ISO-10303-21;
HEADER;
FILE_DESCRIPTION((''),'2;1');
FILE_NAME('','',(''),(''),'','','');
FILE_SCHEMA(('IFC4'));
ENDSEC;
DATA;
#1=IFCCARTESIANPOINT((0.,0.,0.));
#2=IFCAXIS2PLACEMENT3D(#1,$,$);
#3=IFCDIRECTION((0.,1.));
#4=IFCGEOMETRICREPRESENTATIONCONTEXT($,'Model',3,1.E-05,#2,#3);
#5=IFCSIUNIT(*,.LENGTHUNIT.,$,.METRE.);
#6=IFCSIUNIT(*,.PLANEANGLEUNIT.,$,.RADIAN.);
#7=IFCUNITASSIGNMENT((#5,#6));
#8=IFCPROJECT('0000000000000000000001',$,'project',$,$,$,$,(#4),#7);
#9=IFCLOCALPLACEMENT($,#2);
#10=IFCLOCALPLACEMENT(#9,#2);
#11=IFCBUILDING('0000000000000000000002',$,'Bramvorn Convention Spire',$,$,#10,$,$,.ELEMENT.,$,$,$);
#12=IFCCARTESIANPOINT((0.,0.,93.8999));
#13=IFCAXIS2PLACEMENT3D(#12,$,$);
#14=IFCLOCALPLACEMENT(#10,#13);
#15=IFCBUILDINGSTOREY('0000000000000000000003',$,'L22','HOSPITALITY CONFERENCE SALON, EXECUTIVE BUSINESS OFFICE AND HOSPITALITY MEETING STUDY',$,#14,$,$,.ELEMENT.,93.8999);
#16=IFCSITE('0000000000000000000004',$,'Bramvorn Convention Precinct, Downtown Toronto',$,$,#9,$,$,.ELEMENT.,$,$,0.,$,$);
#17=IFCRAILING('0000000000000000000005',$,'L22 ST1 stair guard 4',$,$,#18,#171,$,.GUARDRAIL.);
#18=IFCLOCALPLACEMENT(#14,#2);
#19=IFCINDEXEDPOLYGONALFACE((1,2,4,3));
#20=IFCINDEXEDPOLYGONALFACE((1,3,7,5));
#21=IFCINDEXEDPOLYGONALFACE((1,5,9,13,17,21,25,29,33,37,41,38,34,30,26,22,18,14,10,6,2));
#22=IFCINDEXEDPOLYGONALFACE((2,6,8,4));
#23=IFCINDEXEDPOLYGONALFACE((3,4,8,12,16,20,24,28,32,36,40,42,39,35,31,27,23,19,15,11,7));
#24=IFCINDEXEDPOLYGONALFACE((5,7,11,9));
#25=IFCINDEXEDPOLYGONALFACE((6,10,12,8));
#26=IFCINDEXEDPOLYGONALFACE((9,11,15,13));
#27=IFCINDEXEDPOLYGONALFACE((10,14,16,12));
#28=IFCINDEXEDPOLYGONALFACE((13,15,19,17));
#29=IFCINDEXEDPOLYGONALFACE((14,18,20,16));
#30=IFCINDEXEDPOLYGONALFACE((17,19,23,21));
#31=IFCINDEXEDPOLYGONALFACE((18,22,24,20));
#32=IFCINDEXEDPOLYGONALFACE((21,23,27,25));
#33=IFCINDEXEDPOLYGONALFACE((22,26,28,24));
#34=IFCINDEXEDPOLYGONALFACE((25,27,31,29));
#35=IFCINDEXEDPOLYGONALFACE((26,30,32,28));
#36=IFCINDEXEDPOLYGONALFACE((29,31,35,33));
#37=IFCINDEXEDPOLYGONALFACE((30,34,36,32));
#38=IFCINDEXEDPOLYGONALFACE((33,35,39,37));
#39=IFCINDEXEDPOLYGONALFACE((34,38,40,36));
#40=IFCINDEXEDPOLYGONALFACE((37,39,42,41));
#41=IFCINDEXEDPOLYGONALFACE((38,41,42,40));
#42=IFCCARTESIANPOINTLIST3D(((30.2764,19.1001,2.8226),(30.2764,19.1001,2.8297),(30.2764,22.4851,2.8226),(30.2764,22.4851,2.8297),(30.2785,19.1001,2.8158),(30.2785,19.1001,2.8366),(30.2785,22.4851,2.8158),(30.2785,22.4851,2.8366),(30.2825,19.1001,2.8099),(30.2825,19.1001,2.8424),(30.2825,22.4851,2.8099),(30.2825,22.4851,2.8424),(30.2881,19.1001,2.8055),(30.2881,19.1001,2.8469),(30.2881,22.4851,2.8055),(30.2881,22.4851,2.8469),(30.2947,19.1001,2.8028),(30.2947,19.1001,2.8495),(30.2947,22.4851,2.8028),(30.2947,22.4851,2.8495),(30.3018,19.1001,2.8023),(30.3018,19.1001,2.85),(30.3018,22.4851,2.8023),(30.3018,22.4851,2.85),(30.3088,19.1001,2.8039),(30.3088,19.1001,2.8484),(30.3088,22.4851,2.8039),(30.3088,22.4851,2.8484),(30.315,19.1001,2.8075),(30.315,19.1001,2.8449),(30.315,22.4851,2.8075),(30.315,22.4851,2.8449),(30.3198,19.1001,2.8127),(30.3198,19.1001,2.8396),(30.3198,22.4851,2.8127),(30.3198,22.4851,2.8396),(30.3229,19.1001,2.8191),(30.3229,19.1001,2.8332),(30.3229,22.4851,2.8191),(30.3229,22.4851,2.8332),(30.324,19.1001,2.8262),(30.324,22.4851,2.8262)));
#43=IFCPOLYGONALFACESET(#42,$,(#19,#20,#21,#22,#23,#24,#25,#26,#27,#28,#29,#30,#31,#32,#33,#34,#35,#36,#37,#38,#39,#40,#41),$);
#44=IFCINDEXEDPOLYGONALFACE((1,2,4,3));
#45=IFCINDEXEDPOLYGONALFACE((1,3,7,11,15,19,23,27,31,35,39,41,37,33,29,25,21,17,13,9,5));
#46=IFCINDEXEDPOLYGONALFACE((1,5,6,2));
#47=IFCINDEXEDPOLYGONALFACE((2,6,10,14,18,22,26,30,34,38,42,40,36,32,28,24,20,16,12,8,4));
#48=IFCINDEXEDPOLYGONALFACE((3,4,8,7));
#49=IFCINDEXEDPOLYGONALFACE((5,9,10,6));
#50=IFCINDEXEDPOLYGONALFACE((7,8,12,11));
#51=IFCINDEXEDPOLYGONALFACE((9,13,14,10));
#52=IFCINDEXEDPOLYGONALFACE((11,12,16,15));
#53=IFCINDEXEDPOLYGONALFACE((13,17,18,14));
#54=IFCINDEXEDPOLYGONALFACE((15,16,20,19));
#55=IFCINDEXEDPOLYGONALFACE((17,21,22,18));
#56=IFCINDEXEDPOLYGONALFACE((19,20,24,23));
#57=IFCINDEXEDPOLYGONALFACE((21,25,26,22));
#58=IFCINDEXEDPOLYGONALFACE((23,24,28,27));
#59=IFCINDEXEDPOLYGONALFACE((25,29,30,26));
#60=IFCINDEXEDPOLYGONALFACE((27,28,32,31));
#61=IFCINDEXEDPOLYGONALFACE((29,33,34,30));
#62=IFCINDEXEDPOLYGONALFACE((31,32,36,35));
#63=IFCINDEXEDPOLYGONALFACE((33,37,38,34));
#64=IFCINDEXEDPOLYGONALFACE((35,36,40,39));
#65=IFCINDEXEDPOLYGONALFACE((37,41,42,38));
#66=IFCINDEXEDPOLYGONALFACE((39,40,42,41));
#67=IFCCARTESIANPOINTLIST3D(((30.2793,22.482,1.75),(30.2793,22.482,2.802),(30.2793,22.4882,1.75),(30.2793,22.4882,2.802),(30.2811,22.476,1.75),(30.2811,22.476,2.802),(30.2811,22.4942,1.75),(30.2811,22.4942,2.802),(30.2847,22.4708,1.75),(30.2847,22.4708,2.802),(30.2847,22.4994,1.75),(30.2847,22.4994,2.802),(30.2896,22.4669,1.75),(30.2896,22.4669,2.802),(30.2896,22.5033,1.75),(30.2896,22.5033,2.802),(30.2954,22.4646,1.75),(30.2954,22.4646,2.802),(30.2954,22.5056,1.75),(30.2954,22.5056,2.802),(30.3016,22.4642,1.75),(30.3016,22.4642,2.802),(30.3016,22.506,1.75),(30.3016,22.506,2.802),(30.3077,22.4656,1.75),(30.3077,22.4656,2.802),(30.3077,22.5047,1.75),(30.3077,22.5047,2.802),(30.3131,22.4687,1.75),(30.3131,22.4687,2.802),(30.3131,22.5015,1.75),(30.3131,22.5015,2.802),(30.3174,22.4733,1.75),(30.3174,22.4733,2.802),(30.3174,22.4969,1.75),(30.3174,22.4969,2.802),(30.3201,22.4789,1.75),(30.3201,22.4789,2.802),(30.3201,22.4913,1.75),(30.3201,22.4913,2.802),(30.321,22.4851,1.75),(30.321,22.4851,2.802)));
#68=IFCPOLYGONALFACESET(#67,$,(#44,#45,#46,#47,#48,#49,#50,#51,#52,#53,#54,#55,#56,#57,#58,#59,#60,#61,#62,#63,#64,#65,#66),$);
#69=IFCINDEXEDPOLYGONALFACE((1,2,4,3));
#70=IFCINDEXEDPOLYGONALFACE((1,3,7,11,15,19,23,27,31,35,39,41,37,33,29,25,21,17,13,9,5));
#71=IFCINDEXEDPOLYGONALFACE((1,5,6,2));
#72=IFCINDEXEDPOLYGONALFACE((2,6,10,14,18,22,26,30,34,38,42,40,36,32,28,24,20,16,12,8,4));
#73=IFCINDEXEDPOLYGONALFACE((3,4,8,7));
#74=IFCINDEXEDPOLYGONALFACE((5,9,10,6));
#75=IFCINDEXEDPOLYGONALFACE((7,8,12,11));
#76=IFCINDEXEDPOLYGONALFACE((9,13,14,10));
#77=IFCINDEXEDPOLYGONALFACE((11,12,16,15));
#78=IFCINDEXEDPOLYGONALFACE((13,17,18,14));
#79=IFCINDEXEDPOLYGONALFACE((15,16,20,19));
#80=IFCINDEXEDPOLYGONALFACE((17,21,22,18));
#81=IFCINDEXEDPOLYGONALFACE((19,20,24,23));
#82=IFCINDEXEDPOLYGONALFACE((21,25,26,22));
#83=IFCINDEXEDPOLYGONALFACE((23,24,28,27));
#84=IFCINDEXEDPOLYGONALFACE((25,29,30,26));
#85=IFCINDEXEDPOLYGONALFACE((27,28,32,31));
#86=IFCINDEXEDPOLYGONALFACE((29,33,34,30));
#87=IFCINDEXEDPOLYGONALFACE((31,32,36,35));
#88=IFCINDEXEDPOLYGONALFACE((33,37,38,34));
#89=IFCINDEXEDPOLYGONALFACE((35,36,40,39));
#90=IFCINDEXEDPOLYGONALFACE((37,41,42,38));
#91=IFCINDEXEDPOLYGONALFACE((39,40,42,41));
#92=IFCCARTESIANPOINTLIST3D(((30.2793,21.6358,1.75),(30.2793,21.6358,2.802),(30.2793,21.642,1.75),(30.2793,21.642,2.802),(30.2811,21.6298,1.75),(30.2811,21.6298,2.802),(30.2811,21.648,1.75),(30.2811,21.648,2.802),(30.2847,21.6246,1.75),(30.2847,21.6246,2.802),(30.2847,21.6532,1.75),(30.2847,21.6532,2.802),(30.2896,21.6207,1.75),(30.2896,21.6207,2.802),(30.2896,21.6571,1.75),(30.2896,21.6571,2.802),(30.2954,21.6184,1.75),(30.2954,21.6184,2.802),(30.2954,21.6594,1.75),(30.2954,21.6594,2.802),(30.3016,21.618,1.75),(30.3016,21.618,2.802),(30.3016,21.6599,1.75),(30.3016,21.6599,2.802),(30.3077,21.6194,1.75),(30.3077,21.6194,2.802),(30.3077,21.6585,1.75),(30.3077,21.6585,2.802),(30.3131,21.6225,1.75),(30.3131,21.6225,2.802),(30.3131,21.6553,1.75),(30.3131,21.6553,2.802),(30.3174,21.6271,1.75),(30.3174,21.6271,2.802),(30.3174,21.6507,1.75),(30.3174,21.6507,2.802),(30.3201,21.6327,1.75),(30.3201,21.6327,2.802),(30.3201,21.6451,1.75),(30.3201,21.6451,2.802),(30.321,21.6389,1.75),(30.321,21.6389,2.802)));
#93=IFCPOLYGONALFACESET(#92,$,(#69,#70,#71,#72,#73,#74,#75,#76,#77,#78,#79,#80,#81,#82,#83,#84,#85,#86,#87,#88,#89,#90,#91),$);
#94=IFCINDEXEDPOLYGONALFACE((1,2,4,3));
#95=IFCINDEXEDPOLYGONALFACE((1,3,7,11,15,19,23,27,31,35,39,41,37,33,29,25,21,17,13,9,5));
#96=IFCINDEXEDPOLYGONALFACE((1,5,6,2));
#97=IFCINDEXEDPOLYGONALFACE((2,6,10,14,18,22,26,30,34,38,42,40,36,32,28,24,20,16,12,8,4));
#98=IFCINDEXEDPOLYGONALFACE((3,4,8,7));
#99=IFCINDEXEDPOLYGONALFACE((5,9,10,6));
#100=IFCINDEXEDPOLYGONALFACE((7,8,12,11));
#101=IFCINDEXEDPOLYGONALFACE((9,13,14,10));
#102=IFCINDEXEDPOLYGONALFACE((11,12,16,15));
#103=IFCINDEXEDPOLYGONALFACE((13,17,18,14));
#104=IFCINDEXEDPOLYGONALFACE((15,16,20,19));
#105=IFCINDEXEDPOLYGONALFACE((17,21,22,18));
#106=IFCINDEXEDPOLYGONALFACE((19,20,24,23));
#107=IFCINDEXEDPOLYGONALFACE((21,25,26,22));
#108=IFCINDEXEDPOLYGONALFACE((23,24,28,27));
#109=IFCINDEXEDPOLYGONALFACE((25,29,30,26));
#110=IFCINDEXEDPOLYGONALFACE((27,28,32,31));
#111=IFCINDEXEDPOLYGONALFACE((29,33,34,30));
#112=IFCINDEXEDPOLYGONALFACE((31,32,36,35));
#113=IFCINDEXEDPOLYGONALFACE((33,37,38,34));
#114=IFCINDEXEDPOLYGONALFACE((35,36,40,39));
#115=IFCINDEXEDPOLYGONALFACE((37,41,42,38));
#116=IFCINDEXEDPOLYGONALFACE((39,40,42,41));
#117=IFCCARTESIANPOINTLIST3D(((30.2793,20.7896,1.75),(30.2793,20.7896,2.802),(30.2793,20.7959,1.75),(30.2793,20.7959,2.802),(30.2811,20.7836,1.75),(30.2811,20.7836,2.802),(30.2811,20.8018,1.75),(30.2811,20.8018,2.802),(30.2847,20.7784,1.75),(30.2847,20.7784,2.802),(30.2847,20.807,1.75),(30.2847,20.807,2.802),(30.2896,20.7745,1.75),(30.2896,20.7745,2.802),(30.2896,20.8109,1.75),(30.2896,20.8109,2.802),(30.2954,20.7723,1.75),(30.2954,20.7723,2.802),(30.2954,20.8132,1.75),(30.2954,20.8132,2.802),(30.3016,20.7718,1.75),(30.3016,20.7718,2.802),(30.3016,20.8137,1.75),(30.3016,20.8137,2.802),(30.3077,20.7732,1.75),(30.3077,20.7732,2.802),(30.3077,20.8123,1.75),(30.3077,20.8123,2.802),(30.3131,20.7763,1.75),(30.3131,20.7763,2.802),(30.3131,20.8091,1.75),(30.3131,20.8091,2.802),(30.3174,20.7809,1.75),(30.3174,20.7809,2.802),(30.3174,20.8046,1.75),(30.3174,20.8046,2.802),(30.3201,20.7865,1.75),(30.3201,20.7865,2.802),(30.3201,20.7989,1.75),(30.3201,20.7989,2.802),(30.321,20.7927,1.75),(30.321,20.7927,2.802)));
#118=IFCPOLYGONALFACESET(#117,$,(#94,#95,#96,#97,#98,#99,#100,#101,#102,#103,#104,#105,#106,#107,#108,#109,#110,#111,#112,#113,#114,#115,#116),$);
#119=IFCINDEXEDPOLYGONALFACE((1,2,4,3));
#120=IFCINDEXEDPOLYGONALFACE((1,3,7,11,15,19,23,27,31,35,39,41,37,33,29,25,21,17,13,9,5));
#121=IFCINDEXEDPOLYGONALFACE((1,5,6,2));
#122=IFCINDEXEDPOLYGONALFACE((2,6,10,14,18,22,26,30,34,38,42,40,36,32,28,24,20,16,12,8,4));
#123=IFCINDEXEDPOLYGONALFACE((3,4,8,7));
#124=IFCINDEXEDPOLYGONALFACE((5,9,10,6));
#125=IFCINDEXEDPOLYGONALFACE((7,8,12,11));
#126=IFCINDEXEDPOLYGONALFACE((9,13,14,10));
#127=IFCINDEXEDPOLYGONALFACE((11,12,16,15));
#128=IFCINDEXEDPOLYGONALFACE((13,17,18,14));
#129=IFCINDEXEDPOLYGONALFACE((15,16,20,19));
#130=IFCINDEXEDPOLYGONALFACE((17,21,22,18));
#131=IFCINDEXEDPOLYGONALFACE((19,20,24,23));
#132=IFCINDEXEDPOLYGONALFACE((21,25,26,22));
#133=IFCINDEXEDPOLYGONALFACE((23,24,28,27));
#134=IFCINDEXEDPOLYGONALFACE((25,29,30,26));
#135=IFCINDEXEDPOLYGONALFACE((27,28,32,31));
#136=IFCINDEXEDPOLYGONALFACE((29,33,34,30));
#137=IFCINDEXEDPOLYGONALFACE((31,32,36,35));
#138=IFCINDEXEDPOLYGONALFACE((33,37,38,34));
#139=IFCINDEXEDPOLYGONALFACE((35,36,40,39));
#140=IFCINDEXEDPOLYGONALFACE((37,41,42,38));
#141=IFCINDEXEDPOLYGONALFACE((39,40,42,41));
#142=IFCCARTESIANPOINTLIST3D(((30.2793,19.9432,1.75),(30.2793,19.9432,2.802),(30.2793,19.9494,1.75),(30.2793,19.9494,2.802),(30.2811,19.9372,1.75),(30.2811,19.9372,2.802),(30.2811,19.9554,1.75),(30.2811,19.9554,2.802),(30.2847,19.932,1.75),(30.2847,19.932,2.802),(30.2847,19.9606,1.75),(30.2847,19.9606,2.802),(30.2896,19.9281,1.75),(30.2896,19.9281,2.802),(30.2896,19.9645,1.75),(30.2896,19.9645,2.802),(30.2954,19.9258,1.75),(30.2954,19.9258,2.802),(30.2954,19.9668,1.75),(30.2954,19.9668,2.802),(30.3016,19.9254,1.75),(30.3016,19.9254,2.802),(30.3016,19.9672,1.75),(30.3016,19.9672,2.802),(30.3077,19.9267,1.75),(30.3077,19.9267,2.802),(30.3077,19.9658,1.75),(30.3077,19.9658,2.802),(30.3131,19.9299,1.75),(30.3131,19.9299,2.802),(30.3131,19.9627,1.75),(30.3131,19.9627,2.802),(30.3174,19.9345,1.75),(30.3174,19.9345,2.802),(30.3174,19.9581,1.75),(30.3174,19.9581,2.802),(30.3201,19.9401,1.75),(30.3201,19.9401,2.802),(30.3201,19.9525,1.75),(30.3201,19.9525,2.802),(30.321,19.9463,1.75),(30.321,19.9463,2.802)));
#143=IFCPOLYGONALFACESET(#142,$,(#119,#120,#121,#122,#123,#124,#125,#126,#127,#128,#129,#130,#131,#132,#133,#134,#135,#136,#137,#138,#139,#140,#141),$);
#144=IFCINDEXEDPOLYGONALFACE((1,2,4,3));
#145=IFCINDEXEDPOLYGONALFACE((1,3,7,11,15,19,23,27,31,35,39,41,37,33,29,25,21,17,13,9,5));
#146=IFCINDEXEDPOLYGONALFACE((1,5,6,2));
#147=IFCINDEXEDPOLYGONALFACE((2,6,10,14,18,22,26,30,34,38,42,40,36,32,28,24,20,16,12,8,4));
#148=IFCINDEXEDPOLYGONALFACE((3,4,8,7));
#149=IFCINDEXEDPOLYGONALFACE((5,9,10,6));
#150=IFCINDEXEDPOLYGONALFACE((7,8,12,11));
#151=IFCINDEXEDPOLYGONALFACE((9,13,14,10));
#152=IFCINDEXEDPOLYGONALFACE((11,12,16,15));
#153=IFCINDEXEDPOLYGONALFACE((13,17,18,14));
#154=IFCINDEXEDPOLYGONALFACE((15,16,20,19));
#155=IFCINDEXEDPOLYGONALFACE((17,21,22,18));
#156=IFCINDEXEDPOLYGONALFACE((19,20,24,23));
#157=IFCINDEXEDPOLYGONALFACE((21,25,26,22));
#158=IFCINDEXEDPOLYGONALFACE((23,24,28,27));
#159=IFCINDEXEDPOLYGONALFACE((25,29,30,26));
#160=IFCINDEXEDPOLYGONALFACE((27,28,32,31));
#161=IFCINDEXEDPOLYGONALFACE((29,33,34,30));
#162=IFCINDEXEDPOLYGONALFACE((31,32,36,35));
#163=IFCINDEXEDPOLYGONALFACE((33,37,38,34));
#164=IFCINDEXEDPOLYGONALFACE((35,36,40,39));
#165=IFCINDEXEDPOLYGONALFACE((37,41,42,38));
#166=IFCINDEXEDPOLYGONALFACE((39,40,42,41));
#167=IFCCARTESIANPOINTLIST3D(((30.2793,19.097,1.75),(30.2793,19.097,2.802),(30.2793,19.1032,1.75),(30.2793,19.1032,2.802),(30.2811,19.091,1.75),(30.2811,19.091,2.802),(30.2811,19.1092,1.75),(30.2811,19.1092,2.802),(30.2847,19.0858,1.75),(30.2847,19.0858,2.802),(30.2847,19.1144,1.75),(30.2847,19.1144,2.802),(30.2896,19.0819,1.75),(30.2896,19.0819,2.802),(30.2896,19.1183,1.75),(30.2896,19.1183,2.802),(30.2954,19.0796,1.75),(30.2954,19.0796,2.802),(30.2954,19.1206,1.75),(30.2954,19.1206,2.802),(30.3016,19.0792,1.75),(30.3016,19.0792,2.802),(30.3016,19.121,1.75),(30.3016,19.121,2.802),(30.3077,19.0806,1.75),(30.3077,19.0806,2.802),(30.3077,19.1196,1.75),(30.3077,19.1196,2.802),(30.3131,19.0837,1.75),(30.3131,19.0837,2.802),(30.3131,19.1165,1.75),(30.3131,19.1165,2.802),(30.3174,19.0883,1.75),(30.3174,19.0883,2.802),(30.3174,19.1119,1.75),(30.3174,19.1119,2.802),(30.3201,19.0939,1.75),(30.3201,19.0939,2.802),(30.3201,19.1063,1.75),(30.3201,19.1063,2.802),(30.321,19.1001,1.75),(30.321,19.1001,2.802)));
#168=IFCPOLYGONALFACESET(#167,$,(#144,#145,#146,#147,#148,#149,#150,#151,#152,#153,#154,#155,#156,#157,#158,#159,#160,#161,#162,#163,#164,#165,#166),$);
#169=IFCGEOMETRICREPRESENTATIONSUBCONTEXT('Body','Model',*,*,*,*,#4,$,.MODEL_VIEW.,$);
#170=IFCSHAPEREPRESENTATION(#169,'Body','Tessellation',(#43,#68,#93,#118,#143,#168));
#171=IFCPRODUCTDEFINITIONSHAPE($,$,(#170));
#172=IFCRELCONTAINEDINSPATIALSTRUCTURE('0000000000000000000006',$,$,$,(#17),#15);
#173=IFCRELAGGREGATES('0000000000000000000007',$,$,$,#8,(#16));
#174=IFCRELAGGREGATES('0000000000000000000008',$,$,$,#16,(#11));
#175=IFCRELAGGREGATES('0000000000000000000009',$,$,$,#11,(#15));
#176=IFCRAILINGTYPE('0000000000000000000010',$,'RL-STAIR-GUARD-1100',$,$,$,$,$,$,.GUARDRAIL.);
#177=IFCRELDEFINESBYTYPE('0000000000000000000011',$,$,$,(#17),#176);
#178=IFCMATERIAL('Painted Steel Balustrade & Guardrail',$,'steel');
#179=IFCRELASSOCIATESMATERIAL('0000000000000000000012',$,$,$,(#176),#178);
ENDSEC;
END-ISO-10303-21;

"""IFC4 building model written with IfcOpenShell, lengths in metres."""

from ifc_helpers import new_model, si_unit, direction, frame, origin, origin_2d, place, context, subcontext, project, spatial, circle, extrude, material, type_object, element, save


model = new_model("IFC4")

# Units and contexts
model_context = context("Model", 3, precision=1e-05, world=origin(), true_north=direction((0.0, 1.0)))
body_context = subcontext(model_context, "Body", "Model", "MODEL_VIEW")
ifc_project = project(units=[si_unit("LENGTHUNIT", "METRE"), si_unit("PLANEANGLEUNIT", "RADIAN")], contexts=[model_context])

# Site, building, storey
site_placement = place(None, origin())
site = spatial("IfcSite", under=ifc_project, at=site_placement, Name="Bramvorn Convention Precinct, Downtown Toronto", CompositionType="ELEMENT", RefElevation=0.0)
building_placement = place(site_placement, origin())
building = spatial("IfcBuilding", under=site, at=building_placement, Name="Bramvorn Convention Spire", CompositionType="ELEMENT")
storey_placement = place(building_placement, frame((0.0, 0.0, 93.8999)))
storey = spatial("IfcBuildingStorey", under=building, at=storey_placement, Name="L22", Description="HOSPITALITY CONFERENCE SALON, EXECUTIVE BUSINESS OFFICE AND HOSPITALITY MEETING STUDY", CompositionType="ELEMENT", Elevation=93.8999)

# Railing
ifc_material_1 = material(Name="Painted Steel Balustrade & Guardrail", Category="steel")
railing_type_1 = type_object("IfcRailingType", Name="RL-STAIR-GUARD-1100", PredefinedType="GUARDRAIL", material=ifc_material_1)
for number, where, name in (
    (1, (30.3, 22.4851, 1.75), "L22 ST1 stair guard 4"),
):
    element("IfcRailing", number, at=place(storey_placement, frame(where)), inside=storey, type_object=railing_type_1, Name=name, PredefinedType="GUARDRAIL", context=body_context, shape_type="SweptSolid", body=[
        extrude(circle(Radius=0.0239, at=origin_2d()), frame((0.0, 0.0, 1.0762), z_axis=(0.0, -1.0, 0.0), x_axis=(1.0, 0.0, 0.0)), (0.0, 0.0, 1.0), 3.385),
        extrude(circle(Radius=0.021, at=origin_2d()), origin(), (0.0, 0.0, 1.0), 1.052),
        extrude(circle(Radius=0.021, at=origin_2d()), frame((0.0, -0.8462, 0.0)), (0.0, 0.0, 1.0), 1.052),
        extrude(circle(Radius=0.021, at=origin_2d()), frame((0.0, -1.6924, 0.0)), (0.0, 0.0, 1.0), 1.052),
        extrude(circle(Radius=0.021, at=origin_2d()), frame((0.0, -2.5388, 0.0)), (0.0, 0.0, 1.0), 1.052),
        extrude(circle(Radius=0.021, at=origin_2d()), frame((0.0, -3.385, 0.0)), (0.0, 0.0, 1.0), 1.052),
    ])

save(model, "model.ifc")
